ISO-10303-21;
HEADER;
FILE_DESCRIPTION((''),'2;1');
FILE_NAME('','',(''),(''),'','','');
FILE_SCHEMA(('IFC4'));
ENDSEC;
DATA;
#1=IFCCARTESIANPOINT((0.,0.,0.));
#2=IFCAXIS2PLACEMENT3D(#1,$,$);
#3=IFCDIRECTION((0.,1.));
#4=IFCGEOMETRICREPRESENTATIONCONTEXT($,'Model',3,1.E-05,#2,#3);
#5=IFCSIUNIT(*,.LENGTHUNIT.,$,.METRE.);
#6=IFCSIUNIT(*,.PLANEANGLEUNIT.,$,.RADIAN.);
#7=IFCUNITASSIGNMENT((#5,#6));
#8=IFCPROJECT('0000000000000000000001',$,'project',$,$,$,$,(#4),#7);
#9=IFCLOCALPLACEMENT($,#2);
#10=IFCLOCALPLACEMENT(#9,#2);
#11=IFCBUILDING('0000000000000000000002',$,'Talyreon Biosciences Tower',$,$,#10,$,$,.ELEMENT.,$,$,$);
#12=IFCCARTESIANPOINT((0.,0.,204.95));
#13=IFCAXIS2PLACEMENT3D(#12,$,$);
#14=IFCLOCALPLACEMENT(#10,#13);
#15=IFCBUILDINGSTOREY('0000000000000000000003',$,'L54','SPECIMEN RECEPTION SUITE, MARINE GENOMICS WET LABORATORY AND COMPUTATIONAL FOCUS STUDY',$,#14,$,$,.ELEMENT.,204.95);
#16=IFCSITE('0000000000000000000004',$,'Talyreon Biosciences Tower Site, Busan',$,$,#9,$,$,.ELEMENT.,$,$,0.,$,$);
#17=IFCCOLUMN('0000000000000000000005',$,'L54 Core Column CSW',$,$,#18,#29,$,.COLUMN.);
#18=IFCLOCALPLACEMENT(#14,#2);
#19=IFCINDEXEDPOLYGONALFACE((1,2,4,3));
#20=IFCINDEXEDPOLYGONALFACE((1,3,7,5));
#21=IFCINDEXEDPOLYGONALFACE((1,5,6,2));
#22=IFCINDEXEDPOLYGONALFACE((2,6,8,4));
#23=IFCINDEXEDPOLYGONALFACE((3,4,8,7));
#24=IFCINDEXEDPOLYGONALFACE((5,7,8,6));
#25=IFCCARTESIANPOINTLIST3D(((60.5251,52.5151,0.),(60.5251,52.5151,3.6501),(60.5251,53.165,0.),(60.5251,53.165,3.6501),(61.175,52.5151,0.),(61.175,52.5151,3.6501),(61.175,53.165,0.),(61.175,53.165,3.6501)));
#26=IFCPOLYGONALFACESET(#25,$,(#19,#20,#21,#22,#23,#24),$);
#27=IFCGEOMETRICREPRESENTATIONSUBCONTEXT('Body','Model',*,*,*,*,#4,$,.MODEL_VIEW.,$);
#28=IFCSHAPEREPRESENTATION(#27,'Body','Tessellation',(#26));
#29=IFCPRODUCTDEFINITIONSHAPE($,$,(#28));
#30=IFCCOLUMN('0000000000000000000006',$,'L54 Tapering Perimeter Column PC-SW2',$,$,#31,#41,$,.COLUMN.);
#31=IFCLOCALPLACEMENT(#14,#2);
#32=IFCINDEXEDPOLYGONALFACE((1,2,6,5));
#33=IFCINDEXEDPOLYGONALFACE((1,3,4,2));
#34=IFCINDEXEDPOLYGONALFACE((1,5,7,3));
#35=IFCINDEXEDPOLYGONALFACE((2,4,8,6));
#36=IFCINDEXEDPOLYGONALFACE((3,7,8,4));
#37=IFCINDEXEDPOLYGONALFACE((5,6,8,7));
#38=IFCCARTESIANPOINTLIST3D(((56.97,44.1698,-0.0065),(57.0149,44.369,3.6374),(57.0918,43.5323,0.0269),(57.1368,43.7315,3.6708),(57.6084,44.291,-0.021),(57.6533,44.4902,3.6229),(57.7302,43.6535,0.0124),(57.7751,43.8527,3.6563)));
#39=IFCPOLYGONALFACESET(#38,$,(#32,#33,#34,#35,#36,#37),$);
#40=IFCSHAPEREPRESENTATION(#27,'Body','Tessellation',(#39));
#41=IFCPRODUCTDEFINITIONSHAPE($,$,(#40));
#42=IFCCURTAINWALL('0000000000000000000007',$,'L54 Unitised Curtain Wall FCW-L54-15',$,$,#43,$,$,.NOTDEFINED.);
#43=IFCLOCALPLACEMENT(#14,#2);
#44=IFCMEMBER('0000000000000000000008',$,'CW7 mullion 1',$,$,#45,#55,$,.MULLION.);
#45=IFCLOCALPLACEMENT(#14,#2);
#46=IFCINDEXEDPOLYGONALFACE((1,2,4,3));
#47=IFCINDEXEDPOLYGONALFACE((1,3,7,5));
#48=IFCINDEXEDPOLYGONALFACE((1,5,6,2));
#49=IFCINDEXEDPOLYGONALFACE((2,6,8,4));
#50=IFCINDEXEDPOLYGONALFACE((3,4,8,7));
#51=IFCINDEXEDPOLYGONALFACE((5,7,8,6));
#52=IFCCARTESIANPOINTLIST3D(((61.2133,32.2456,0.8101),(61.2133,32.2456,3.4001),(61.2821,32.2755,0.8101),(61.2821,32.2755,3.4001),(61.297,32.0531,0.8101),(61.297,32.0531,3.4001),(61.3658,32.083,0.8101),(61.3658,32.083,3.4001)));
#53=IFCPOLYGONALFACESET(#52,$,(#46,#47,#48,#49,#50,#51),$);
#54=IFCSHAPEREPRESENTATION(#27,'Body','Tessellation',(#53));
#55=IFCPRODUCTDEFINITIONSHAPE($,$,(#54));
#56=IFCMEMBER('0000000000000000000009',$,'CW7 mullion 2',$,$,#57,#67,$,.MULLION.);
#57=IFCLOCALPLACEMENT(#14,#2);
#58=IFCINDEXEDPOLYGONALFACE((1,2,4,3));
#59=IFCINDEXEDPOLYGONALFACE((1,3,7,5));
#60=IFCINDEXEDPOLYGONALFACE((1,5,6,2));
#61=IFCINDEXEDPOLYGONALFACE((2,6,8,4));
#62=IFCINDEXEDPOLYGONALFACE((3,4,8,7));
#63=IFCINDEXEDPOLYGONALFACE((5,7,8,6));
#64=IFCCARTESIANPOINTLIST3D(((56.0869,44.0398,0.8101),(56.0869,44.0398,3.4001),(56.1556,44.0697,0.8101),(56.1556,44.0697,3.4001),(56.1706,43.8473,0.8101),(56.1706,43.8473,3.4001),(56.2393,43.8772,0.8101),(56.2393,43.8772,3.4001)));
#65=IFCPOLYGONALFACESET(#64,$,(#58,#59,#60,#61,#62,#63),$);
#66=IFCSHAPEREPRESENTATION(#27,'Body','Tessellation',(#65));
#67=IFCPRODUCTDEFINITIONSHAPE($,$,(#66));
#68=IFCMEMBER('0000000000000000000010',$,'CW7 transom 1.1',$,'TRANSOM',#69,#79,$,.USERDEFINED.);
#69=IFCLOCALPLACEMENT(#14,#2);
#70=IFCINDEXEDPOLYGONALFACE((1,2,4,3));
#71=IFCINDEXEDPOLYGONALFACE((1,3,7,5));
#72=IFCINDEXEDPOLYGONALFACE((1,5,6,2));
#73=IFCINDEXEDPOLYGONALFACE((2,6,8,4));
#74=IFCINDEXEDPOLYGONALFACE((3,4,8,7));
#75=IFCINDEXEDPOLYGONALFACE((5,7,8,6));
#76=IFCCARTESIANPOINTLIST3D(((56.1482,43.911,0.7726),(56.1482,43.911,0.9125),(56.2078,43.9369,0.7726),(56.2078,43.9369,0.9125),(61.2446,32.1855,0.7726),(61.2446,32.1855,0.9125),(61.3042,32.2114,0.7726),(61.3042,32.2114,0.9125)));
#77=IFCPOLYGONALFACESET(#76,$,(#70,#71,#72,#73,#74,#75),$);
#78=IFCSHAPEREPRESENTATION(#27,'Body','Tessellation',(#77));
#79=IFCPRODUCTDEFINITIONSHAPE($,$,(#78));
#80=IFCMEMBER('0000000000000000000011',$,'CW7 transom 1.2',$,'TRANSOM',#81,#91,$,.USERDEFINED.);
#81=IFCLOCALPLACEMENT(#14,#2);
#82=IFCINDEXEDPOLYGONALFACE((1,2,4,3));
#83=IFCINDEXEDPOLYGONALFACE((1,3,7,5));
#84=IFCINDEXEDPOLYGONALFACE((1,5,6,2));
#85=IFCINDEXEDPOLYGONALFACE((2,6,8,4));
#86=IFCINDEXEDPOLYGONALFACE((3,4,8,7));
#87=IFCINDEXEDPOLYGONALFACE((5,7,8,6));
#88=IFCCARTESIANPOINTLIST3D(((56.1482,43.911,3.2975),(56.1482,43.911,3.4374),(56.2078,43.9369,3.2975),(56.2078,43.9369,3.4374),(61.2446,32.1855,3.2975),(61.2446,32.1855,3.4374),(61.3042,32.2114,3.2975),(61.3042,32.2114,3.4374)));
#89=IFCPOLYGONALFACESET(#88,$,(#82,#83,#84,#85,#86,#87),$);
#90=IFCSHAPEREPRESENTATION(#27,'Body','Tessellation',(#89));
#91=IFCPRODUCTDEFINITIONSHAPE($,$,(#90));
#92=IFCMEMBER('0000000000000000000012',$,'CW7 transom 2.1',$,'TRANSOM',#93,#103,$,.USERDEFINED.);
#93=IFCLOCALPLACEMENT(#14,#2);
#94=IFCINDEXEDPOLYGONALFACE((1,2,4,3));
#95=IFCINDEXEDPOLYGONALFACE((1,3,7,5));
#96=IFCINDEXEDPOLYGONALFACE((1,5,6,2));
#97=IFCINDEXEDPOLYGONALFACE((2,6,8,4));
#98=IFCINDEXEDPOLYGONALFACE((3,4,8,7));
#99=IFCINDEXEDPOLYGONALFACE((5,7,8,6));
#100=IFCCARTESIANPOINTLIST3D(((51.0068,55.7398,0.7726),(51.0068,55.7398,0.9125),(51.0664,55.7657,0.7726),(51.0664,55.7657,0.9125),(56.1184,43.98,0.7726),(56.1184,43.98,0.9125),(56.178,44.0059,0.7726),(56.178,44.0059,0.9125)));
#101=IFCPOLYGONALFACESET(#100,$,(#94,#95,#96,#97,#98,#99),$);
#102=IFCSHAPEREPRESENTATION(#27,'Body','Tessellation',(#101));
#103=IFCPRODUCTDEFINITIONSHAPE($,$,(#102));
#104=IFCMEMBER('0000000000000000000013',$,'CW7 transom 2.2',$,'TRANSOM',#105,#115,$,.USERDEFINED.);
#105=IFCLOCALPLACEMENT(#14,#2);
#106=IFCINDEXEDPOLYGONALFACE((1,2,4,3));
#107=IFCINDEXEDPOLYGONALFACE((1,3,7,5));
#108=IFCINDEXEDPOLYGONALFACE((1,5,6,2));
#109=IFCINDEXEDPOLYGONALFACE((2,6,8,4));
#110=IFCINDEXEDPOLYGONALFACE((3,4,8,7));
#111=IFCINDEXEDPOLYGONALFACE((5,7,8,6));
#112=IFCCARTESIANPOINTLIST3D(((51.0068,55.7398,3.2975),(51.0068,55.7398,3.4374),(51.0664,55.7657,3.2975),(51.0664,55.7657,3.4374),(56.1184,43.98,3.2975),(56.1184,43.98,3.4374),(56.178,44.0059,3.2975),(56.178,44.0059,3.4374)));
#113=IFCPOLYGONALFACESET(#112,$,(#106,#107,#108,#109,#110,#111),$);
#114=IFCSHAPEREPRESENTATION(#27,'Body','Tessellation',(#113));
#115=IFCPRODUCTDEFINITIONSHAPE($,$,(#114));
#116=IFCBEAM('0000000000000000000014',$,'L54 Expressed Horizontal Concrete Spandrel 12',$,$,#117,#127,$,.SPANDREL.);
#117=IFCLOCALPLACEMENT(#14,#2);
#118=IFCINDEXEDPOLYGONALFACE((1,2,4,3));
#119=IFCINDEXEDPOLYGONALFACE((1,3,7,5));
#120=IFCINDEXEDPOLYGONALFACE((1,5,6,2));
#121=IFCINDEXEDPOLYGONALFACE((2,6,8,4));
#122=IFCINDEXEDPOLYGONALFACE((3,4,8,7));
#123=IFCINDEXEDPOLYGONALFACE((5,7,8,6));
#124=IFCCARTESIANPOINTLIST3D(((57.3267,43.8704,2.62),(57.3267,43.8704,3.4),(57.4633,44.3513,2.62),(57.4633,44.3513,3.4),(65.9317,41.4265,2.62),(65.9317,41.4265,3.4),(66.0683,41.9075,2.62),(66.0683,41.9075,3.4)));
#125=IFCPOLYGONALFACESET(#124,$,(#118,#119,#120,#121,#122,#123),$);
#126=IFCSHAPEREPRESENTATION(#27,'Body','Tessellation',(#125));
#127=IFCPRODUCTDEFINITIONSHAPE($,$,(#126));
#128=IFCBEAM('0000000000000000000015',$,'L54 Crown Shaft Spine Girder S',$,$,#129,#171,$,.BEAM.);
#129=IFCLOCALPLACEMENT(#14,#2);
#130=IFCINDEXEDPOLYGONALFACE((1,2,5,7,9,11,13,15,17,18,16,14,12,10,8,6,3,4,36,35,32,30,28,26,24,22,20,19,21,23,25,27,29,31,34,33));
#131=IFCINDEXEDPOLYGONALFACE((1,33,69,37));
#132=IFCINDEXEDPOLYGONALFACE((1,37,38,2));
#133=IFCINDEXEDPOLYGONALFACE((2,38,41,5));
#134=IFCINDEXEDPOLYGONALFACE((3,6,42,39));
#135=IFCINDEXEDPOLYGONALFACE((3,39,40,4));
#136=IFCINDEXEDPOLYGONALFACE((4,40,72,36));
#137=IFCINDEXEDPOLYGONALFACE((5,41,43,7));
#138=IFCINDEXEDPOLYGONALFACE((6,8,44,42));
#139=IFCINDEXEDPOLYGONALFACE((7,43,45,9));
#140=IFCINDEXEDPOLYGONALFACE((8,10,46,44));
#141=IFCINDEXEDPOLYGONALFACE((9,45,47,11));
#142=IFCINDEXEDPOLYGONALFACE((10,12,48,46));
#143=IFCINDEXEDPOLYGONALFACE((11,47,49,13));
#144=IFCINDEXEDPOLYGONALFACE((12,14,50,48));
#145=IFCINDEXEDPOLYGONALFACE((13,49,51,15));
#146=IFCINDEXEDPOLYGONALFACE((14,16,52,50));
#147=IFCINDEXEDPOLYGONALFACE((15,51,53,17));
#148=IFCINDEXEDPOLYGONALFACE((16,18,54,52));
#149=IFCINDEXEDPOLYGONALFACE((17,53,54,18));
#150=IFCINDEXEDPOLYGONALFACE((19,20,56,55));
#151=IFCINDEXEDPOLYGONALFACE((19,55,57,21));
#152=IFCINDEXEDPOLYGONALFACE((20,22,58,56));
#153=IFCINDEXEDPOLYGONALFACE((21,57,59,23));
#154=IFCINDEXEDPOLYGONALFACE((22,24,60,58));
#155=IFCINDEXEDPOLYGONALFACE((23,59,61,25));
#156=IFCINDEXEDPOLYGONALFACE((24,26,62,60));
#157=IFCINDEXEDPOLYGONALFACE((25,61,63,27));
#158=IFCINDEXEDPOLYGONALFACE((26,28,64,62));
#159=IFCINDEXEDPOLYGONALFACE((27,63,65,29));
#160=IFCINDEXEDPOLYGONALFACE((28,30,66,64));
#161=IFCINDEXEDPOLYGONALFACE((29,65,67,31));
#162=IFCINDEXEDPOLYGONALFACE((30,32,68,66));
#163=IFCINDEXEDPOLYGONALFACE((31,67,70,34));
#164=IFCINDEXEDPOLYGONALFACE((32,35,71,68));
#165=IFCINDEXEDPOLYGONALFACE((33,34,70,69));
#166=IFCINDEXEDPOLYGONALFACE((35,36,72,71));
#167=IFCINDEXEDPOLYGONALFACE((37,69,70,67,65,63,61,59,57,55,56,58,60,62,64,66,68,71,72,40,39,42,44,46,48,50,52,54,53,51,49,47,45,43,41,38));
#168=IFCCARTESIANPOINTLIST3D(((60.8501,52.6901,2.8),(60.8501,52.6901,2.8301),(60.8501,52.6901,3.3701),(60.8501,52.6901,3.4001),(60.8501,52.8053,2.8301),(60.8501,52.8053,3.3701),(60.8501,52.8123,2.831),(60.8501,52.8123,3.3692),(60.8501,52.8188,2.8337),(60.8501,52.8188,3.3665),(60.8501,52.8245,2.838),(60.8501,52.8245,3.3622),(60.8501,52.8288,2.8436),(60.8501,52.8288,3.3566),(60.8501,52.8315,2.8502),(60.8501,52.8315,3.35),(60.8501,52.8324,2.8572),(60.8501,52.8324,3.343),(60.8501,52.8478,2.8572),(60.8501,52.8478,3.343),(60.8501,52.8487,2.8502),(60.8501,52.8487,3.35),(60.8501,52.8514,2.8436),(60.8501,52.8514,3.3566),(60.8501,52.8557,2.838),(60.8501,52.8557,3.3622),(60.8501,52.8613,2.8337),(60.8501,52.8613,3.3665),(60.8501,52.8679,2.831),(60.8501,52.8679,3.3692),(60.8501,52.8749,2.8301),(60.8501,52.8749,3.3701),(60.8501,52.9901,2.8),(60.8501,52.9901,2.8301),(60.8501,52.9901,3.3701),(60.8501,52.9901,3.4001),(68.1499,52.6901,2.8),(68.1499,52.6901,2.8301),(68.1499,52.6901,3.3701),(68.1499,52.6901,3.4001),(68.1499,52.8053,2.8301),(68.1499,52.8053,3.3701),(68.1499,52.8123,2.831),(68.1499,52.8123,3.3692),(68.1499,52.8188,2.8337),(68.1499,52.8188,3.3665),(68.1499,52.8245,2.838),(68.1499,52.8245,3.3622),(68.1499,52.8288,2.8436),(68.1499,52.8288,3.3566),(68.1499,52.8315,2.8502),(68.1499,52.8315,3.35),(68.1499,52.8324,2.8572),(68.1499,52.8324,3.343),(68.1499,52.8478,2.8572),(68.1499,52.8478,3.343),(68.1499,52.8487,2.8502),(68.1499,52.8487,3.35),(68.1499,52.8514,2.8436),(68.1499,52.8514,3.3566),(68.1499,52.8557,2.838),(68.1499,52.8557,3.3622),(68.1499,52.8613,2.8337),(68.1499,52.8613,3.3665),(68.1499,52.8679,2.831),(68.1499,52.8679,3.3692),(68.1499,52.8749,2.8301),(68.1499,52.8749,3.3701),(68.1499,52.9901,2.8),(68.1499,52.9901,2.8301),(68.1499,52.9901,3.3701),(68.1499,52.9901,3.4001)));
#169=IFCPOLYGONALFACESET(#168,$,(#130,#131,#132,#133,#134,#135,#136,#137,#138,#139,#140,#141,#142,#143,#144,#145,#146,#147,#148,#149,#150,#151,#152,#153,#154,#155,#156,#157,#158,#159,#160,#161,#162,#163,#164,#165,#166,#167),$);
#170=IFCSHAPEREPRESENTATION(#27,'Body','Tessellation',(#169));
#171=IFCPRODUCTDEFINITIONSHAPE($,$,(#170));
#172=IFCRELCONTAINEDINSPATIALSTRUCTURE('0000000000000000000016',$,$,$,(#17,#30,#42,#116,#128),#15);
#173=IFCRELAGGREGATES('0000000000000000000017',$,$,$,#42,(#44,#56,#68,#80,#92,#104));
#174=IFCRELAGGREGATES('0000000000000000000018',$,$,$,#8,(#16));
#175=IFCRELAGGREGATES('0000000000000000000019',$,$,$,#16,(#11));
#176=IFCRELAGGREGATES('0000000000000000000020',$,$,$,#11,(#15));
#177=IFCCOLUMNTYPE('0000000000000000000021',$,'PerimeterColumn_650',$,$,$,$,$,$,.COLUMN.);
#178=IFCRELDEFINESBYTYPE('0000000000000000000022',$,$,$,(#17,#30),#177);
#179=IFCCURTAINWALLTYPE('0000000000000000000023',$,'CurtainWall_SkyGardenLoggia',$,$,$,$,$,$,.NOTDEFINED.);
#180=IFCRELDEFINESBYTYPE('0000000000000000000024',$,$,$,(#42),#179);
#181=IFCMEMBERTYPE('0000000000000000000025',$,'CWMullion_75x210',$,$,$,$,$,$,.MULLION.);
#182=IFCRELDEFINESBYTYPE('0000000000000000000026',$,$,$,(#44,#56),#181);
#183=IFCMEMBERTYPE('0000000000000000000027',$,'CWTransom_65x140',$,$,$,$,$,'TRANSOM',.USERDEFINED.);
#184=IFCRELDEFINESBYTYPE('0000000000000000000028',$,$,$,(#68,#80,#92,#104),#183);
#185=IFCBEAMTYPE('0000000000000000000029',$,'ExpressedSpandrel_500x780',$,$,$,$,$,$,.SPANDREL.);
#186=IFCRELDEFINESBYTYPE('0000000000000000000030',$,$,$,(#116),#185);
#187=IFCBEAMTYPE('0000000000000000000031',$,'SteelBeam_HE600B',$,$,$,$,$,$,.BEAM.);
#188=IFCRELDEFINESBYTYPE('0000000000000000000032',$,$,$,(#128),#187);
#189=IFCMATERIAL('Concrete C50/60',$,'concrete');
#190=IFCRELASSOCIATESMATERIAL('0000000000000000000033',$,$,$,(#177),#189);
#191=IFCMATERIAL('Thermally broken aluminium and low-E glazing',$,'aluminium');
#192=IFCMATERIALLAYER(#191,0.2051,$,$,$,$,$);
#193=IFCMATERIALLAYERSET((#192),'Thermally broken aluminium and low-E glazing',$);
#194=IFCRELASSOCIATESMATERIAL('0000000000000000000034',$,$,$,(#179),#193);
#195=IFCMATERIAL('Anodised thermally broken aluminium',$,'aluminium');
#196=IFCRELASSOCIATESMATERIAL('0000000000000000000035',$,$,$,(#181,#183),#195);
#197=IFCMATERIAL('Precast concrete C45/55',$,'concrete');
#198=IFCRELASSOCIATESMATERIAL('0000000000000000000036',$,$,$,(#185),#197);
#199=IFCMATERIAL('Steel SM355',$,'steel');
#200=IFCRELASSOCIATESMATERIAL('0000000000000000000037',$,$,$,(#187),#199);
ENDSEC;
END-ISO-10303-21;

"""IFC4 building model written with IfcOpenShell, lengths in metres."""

from ifc_helpers import new_model, si_unit, direction, frame, origin, origin_2d, place, context, subcontext, project, spatial, rectangle, i_section, extrude, material, layer, layer_set, material_profile, profile_set, type_object, element, aggregate, save


model = new_model("IFC4")

# Units and contexts
model_context = context("Model", 3, precision=1e-05, world=origin(), true_north=direction((0.0, 1.0)))
body_context = subcontext(model_context, "Body", "Model", "MODEL_VIEW")
ifc_project = project(units=[si_unit("LENGTHUNIT", "METRE"), si_unit("PLANEANGLEUNIT", "RADIAN")], contexts=[model_context])

# Site, building, storey
site_placement = place(None, origin())
site = spatial("IfcSite", under=ifc_project, at=site_placement, Name="Talyreon Biosciences Tower Site, Busan", CompositionType="ELEMENT", RefElevation=0.0)
building_placement = place(site_placement, origin())
building = spatial("IfcBuilding", under=site, at=building_placement, Name="Talyreon Biosciences Tower", CompositionType="ELEMENT")
storey_placement = place(building_placement, frame((0.0, 0.0, 204.95)))
storey = spatial("IfcBuildingStorey", under=building, at=storey_placement, Name="L54", Description="SPECIMEN RECEPTION SUITE, MARINE GENOMICS WET LABORATORY AND COMPUTATIONAL FOCUS STUDY", CompositionType="ELEMENT", Elevation=204.95)

# Columns
ifc_material_1 = material(Name="Concrete C50/60", Category="concrete")
ifc_material_profile_1 = material_profile(ifc_material_1, rectangle(XDim=0.6499, YDim=0.6499, at=origin_2d()), Name="RC 650x650")
ifc_profile_set_1 = profile_set([ifc_material_profile_1], Name="Concrete C50/60")
column_type = type_object("IfcColumnType", Name="PerimeterColumn_650", PredefinedType="COLUMN", material=ifc_profile_set_1)
column_1_placement = place(storey_placement, frame((60.8501, 52.8401, 0.0), z_axis=(0.0, 0.0, 1.0), x_axis=(1.0, 0.0, 0.0)))
element("IfcColumn", 1, at=column_1_placement, inside=storey, type_object=column_type, Name="L54 Core Column CSW", PredefinedType="COLUMN", context=body_context, shape_type="SweptSolid", body=[
    extrude(rectangle(XDim=0.6499, YDim=0.6499, at=origin_2d()), origin(), (0.0, 0.0, 1.0), 3.6501),
])
column_2_placement = place(storey_placement, frame((57.3501, 43.9116, 0.0029), z_axis=(0.012308, 0.054584, 0.998433), x_axis=(-0.187438, 0.980935, -0.051317)))
element("IfcColumn", 2, at=column_2_placement, inside=storey, type_object=column_type, Name="L54 Tapering Perimeter Column PC-SW2", PredefinedType="COLUMN", context=body_context, shape_type="SweptSolid", body=[
    extrude(rectangle(XDim=0.6499, YDim=0.6499, at=origin_2d()), origin(), (0.0, 0.0, 1.0), 3.6497),
])

# Curtain wall, members
ifc_material_2 = material(Name="Thermally broken aluminium and low-E glazing", Category="aluminium")
ifc_layer_1 = layer(ifc_material_2, 0.2051)
ifc_layer_set_1 = layer_set([ifc_layer_1], Name="Thermally broken aluminium and low-E glazing")
curtain_wall_type = type_object("IfcCurtainWallType", Name="CurtainWall_SkyGardenLoggia", PredefinedType="NOTDEFINED", material=ifc_layer_set_1)
curtain_wall_placement = place(storey_placement, origin())
curtain_wall = element("IfcCurtainWall", 3, at=curtain_wall_placement, inside=storey, type_object=curtain_wall_type, Name="L54 Unitised Curtain Wall FCW-L54-15", PredefinedType="NOTDEFINED")
ifc_material_3 = material(Name="Anodised thermally broken aluminium", Category="aluminium")
ifc_material_profile_2 = material_profile(ifc_material_3, rectangle(XDim=0.075, YDim=0.21, at=origin_2d()), Name="ALUM MULLION 75x210")
ifc_profile_set_2 = profile_set([ifc_material_profile_2], Name="Anodised thermally broken aluminium")
member_type_1 = type_object("IfcMemberType", Name="CWMullion_75x210", PredefinedType="MULLION", material=ifc_profile_set_2)
member_1_placement = place(storey_placement, frame((61.2896, 32.1643, 0.8101), z_axis=(0.0, 0.0, 1.0), x_axis=(-0.917113, -0.398626, 0.0)))
member_1 = element("IfcMember", 4, at=member_1_placement, type_object=member_type_1, Name="CW7 mullion 1", PredefinedType="MULLION", context=body_context, shape_type="SweptSolid", body=[
    extrude(rectangle(XDim=0.075, YDim=0.21, at=origin_2d()), origin(), (0.0, 0.0, 1.0), 2.5901),
])
member_2_placement = place(storey_placement, frame((56.1631, 43.9585, 0.8101), z_axis=(0.0, 0.0, 1.0), x_axis=(-0.917113, -0.398626, 0.0)))
member_2 = element("IfcMember", 5, at=member_2_placement, type_object=member_type_1, Name="CW7 mullion 2", PredefinedType="MULLION", context=body_context, shape_type="SweptSolid", body=[
    extrude(rectangle(XDim=0.075, YDim=0.21, at=origin_2d()), origin(), (0.0, 0.0, 1.0), 2.5901),
])
ifc_material_profile_3 = material_profile(ifc_material_3, rectangle(XDim=0.0649, YDim=0.1399, at=origin_2d()), Name="ALUM TRANSOM 65x140")
ifc_profile_set_3 = profile_set([ifc_material_profile_3], Name="Anodised thermally broken aluminium")
member_type_2 = type_object("IfcMemberType", Name="CWTransom_65x140", ElementType="TRANSOM", PredefinedType="USERDEFINED", material=ifc_profile_set_3)
member_3_placement = place(storey_placement, frame((61.2744, 32.1985, 0.8425), z_axis=(-0.398618, 0.917117, 0.0), x_axis=(-0.917117, -0.398618, 0.0)))
member_3 = element("IfcMember", 6, at=member_3_placement, type_object=member_type_2, Name="CW7 transom 1.1", ObjectType="TRANSOM", PredefinedType="USERDEFINED", context=body_context, shape_type="SweptSolid", body=[
    extrude(rectangle(XDim=0.0649, YDim=0.1399, at=origin_2d()), origin(), (0.0, 0.0, 1.0), 12.7852),
])
member_4_placement = place(storey_placement, frame((61.2744, 32.1985, 3.3674), z_axis=(-0.398618, 0.917117, 0.0), x_axis=(-0.917117, -0.398618, 0.0)))
member_4 = element("IfcMember", 7, at=member_4_placement, type_object=member_type_2, Name="CW7 transom 1.2", ObjectType="TRANSOM", PredefinedType="USERDEFINED", context=body_context, shape_type="SweptSolid", body=[
    extrude(rectangle(XDim=0.0649, YDim=0.1399, at=origin_2d()), origin(), (0.0, 0.0, 1.0), 12.7852),
])
member_5_placement = place(storey_placement, frame((56.1482, 43.9929, 0.8425), z_axis=(-0.398636, 0.917109, 0.0), x_axis=(-0.917109, -0.398636, 0.0)))
member_5 = element("IfcMember", 8, at=member_5_placement, type_object=member_type_2, Name="CW7 transom 2.1", ObjectType="TRANSOM", PredefinedType="USERDEFINED", context=body_context, shape_type="SweptSolid", body=[
    extrude(rectangle(XDim=0.0649, YDim=0.1399, at=origin_2d()), origin(), (0.0, 0.0, 1.0), 12.8228),
])
member_6_placement = place(storey_placement, frame((56.1482, 43.9929, 3.3674), z_axis=(-0.398636, 0.917109, 0.0), x_axis=(-0.917109, -0.398636, 0.0)))
member_6 = element("IfcMember", 9, at=member_6_placement, type_object=member_type_2, Name="CW7 transom 2.2", ObjectType="TRANSOM", PredefinedType="USERDEFINED", context=body_context, shape_type="SweptSolid", body=[
    extrude(rectangle(XDim=0.0649, YDim=0.1399, at=origin_2d()), origin(), (0.0, 0.0, 1.0), 12.8228),
])

# Beams
ifc_material_4 = material(Name="Precast concrete C45/55", Category="concrete")
ifc_material_profile_4 = material_profile(ifc_material_4, rectangle(XDim=0.5, YDim=0.78, at=origin_2d()), Name="RCB 500x780")
ifc_profile_set_4 = profile_set([ifc_material_profile_4], Name="Precast concrete C45/55")
beam_type_1 = type_object("IfcBeamType", Name="ExpressedSpandrel_500x780", PredefinedType="SPANDREL", material=ifc_profile_set_4)
beam_1_placement = place(storey_placement, frame((57.395, 44.1108, 3.01), z_axis=(0.961957, -0.2732, 0.0), x_axis=(0.2732, 0.961957, 0.0)))
element("IfcBeam", 10, at=beam_1_placement, inside=storey, type_object=beam_type_1, Name="L54 Expressed Horizontal Concrete Spandrel 12", PredefinedType="SPANDREL", context=body_context, shape_type="SweptSolid", body=[
    extrude(rectangle(XDim=0.5, YDim=0.78, at=origin_2d()), origin(), (0.0, 0.0, 1.0), 8.9453),
])
ifc_material_5 = material(Name="Steel SM355", Category="steel")
ifc_material_profile_5 = material_profile(ifc_material_5, i_section(OverallWidth=0.3, OverallDepth=0.6001, WebThickness=0.0154, FlangeThickness=0.03, FilletRadius=0.0271, at=origin_2d()), Name="HE600B")
ifc_profile_set_5 = profile_set([ifc_material_profile_5], Name="Steel SM355")
beam_type_2 = type_object("IfcBeamType", Name="SteelBeam_HE600B", PredefinedType="BEAM", material=ifc_profile_set_5)
beam_2_placement = place(storey_placement, frame((60.8501, 52.8401, 3.1001), z_axis=(1.0, 0.0, 0.0), x_axis=(0.0, 1.0, 0.0)))
element("IfcBeam", 11, at=beam_2_placement, inside=storey, type_object=beam_type_2, Name="L54 Crown Shaft Spine Girder S", PredefinedType="BEAM", context=body_context, shape_type="SweptSolid", body=[
    extrude(i_section(OverallWidth=0.3, OverallDepth=0.6001, WebThickness=0.0154, FlangeThickness=0.03, FilletRadius=0.0271, at=origin_2d()), origin(), (0.0, 0.0, 1.0), 7.2998),
])

aggregate(curtain_wall, [member_1, member_2, member_3, member_4, member_5, member_6])

save(model, "model.ifc")
